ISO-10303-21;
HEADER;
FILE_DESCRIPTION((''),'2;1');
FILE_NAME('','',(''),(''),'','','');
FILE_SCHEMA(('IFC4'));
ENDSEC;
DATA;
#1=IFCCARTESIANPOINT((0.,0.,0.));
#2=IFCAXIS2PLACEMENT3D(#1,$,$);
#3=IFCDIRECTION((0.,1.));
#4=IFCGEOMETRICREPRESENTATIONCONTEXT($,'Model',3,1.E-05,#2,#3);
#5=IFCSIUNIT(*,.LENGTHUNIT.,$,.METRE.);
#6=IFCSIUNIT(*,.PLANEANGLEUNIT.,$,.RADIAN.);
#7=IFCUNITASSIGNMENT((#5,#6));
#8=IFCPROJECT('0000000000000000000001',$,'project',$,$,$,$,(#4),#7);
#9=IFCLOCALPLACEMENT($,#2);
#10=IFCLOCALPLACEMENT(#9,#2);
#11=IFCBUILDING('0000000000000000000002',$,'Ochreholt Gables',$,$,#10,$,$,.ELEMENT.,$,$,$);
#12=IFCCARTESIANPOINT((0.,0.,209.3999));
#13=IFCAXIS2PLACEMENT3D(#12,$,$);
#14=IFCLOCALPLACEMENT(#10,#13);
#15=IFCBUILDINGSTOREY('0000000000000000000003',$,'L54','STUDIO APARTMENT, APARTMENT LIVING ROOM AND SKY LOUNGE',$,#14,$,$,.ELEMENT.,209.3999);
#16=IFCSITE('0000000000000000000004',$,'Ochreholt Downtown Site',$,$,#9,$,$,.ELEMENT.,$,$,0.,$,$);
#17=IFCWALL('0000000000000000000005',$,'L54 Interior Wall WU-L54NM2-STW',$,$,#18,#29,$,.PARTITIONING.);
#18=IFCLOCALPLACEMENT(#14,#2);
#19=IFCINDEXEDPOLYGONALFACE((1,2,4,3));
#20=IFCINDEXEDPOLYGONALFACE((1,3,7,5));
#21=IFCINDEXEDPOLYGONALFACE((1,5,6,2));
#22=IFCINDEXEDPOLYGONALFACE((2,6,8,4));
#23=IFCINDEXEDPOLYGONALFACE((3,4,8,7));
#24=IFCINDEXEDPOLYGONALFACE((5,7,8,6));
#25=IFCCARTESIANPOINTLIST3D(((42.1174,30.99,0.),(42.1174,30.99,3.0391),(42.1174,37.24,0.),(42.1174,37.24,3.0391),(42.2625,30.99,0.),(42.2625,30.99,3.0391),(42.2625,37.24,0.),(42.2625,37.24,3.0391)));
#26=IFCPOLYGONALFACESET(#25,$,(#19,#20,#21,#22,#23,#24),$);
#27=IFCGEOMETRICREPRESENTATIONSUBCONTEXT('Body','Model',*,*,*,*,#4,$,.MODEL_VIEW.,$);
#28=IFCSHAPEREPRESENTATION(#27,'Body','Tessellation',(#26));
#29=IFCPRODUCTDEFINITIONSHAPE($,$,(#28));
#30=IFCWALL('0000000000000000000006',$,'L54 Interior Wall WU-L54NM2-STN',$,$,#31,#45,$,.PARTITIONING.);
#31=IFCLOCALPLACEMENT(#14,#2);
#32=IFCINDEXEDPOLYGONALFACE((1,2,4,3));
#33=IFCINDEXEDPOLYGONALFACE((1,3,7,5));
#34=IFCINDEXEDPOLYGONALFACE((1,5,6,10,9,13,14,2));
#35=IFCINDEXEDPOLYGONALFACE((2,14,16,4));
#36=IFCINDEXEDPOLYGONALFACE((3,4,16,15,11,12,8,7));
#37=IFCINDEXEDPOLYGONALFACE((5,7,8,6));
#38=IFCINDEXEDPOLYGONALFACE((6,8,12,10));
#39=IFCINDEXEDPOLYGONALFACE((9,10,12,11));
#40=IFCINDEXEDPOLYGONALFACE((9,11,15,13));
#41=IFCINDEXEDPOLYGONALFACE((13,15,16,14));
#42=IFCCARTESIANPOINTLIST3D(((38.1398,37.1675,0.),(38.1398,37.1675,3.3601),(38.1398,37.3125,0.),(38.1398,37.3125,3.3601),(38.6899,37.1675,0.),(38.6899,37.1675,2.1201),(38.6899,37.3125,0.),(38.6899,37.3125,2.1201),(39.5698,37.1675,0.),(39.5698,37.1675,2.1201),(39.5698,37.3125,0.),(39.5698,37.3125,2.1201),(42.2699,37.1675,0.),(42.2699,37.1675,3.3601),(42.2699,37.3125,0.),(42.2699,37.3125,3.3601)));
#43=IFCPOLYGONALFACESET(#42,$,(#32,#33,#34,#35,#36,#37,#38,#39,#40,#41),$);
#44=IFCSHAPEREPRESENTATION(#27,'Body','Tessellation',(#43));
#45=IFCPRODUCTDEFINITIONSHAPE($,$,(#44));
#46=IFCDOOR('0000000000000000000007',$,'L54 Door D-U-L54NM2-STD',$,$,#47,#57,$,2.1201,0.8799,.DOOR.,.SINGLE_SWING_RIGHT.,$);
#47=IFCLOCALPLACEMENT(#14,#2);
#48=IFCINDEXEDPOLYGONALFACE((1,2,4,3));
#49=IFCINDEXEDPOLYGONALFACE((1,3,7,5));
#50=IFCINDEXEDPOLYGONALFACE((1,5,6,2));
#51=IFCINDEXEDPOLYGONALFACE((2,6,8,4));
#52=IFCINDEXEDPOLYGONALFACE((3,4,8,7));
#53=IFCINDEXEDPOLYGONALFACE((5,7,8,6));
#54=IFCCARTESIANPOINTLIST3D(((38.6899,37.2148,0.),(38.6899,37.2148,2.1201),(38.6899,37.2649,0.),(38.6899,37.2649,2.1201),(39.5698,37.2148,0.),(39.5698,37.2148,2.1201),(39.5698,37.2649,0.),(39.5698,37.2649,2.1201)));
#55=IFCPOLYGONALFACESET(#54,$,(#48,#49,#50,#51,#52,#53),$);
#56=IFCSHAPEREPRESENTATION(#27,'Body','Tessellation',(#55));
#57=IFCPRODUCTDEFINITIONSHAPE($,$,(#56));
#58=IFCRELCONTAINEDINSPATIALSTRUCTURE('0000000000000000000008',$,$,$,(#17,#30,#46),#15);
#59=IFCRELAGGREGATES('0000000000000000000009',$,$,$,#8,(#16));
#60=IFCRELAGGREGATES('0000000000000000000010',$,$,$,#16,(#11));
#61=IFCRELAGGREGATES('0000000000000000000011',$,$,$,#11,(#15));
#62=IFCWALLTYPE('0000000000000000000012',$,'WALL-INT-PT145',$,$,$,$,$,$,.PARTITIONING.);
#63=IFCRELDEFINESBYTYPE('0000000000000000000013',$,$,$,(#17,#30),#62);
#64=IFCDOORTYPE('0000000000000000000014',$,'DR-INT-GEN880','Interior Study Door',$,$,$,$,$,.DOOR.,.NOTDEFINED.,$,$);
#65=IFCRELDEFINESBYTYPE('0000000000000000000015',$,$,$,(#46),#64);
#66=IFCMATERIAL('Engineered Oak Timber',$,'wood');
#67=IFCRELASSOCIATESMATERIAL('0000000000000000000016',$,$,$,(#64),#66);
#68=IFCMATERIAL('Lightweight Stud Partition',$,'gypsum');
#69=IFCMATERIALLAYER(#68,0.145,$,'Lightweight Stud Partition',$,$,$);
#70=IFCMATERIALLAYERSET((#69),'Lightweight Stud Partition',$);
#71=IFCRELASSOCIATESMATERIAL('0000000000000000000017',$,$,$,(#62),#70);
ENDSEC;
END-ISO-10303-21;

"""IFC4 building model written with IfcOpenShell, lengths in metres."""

from ifc_helpers import new_model, si_unit, direction, frame, frame_2d, origin, place, context, subcontext, project, spatial, rectangle, extrude, material, layer, layer_set, type_object, element, fill, save


model = new_model("IFC4")

# Units and contexts
model_context = context("Model", 3, precision=1e-05, world=origin(), true_north=direction((0.0, 1.0)))
body_context = subcontext(model_context, "Body", "Model", "MODEL_VIEW")
ifc_project = project(units=[si_unit("LENGTHUNIT", "METRE"), si_unit("PLANEANGLEUNIT", "RADIAN")], contexts=[model_context])

# Site, building, storey
site_placement = place(None, origin())
site = spatial("IfcSite", under=ifc_project, at=site_placement, Name="Ochreholt Downtown Site", CompositionType="ELEMENT", RefElevation=0.0)
building_placement = place(site_placement, origin())
building = spatial("IfcBuilding", under=site, at=building_placement, Name="Ochreholt Gables", CompositionType="ELEMENT")
storey_placement = place(building_placement, frame((0.0, 0.0, 209.3999)))
storey = spatial("IfcBuildingStorey", under=building, at=storey_placement, Name="L54", Description="STUDIO APARTMENT, APARTMENT LIVING ROOM AND SKY LOUNGE", CompositionType="ELEMENT", Elevation=209.3999)

# Shared definitions
ifc_material_1 = material(Name="Engineered Oak Timber", Category="wood")
door_type_1 = type_object("IfcDoorType", Name="DR-INT-GEN880", Description="Interior Study Door", OperationType="NOTDEFINED", PredefinedType="DOOR", material=ifc_material_1)

# Shared definitions
ifc_material_2 = material(Name="Lightweight Stud Partition", Category="gypsum")
ifc_layer_1 = layer(ifc_material_2, 0.145, Name="Lightweight Stud Partition")
ifc_layer_set_1 = layer_set([ifc_layer_1], Name="Lightweight Stud Partition")
wall_type_1 = type_object("IfcWallType", Name="WALL-INT-PT145", PredefinedType="PARTITIONING", material=ifc_layer_set_1)

# Wall
wall_1_placement = place(storey_placement, frame((42.1899, 30.99, 0.0), z_axis=(0.0, 0.0, 1.0), x_axis=(0.0, 1.0, 0.0)))
element("IfcWall", 1, at=wall_1_placement, inside=storey, type_object=wall_type_1, Name="L54 Interior Wall WU-L54NM2-STW", PredefinedType="PARTITIONING", context=body_context, shape_type="SweptSolid", body=[
    extrude(rectangle(XDim=6.25, YDim=0.145, at=frame_2d((3.125, 0.0))), origin(), (0.0, 0.0, 1.0), 3.0391),
])

# Wall, opening, door
wall_2_placement = place(storey_placement, frame((38.1399, 37.24, 0.0), z_axis=(0.0, 0.0, 1.0), x_axis=(1.0, 0.0, 0.0)))
wall_2 = element("IfcWall", 2, at=wall_2_placement, inside=storey, type_object=wall_type_1, Name="L54 Interior Wall WU-L54NM2-STN", PredefinedType="PARTITIONING", context=body_context, shape_type="SweptSolid", body=[
    extrude(rectangle(XDim=4.1301, YDim=0.145, at=frame_2d((2.0649, 0.0))), origin(), (0.0, 0.0, 1.0), 3.3601),
])
opening_1_placement = place(wall_2_placement, frame((0.55, 0.0, 0.0)))
opening_1 = element("IfcOpeningElement", 3, at=opening_1_placement, cuts=wall_2, PredefinedType="OPENING", context=body_context, shape_type="SweptSolid", body=[
    extrude(rectangle(XDim=0.8799, YDim=2.1201, at=frame_2d((0.4399, 1.0601))), frame((0.0, 0.0825, 0.0), z_axis=(0.0, -1.0, 0.0), x_axis=(1.0, 0.0, 0.0)), (0.0, 0.0, 1.0), 0.165),
])
door_1_placement = place(opening_1_placement, origin())
door_1 = element("IfcDoor", 4, at=door_1_placement, inside=storey, type_object=door_type_1, Name="L54 Door D-U-L54NM2-STD", OperationType="SINGLE_SWING_RIGHT", OverallHeight=2.1201, OverallWidth=0.8799, PredefinedType="DOOR", context=body_context, shape_type="SweptSolid", body=[
    extrude(rectangle(XDim=0.8799, YDim=2.1201, at=frame_2d((0.4399, 1.0601))), frame((0.0, 0.0249, 0.0), z_axis=(0.0, -1.0, 0.0), x_axis=(1.0, 0.0, 0.0)), (0.0, 0.0, 1.0), 0.05),
])
fill(opening_1, door_1)

save(model, "model.ifc")
